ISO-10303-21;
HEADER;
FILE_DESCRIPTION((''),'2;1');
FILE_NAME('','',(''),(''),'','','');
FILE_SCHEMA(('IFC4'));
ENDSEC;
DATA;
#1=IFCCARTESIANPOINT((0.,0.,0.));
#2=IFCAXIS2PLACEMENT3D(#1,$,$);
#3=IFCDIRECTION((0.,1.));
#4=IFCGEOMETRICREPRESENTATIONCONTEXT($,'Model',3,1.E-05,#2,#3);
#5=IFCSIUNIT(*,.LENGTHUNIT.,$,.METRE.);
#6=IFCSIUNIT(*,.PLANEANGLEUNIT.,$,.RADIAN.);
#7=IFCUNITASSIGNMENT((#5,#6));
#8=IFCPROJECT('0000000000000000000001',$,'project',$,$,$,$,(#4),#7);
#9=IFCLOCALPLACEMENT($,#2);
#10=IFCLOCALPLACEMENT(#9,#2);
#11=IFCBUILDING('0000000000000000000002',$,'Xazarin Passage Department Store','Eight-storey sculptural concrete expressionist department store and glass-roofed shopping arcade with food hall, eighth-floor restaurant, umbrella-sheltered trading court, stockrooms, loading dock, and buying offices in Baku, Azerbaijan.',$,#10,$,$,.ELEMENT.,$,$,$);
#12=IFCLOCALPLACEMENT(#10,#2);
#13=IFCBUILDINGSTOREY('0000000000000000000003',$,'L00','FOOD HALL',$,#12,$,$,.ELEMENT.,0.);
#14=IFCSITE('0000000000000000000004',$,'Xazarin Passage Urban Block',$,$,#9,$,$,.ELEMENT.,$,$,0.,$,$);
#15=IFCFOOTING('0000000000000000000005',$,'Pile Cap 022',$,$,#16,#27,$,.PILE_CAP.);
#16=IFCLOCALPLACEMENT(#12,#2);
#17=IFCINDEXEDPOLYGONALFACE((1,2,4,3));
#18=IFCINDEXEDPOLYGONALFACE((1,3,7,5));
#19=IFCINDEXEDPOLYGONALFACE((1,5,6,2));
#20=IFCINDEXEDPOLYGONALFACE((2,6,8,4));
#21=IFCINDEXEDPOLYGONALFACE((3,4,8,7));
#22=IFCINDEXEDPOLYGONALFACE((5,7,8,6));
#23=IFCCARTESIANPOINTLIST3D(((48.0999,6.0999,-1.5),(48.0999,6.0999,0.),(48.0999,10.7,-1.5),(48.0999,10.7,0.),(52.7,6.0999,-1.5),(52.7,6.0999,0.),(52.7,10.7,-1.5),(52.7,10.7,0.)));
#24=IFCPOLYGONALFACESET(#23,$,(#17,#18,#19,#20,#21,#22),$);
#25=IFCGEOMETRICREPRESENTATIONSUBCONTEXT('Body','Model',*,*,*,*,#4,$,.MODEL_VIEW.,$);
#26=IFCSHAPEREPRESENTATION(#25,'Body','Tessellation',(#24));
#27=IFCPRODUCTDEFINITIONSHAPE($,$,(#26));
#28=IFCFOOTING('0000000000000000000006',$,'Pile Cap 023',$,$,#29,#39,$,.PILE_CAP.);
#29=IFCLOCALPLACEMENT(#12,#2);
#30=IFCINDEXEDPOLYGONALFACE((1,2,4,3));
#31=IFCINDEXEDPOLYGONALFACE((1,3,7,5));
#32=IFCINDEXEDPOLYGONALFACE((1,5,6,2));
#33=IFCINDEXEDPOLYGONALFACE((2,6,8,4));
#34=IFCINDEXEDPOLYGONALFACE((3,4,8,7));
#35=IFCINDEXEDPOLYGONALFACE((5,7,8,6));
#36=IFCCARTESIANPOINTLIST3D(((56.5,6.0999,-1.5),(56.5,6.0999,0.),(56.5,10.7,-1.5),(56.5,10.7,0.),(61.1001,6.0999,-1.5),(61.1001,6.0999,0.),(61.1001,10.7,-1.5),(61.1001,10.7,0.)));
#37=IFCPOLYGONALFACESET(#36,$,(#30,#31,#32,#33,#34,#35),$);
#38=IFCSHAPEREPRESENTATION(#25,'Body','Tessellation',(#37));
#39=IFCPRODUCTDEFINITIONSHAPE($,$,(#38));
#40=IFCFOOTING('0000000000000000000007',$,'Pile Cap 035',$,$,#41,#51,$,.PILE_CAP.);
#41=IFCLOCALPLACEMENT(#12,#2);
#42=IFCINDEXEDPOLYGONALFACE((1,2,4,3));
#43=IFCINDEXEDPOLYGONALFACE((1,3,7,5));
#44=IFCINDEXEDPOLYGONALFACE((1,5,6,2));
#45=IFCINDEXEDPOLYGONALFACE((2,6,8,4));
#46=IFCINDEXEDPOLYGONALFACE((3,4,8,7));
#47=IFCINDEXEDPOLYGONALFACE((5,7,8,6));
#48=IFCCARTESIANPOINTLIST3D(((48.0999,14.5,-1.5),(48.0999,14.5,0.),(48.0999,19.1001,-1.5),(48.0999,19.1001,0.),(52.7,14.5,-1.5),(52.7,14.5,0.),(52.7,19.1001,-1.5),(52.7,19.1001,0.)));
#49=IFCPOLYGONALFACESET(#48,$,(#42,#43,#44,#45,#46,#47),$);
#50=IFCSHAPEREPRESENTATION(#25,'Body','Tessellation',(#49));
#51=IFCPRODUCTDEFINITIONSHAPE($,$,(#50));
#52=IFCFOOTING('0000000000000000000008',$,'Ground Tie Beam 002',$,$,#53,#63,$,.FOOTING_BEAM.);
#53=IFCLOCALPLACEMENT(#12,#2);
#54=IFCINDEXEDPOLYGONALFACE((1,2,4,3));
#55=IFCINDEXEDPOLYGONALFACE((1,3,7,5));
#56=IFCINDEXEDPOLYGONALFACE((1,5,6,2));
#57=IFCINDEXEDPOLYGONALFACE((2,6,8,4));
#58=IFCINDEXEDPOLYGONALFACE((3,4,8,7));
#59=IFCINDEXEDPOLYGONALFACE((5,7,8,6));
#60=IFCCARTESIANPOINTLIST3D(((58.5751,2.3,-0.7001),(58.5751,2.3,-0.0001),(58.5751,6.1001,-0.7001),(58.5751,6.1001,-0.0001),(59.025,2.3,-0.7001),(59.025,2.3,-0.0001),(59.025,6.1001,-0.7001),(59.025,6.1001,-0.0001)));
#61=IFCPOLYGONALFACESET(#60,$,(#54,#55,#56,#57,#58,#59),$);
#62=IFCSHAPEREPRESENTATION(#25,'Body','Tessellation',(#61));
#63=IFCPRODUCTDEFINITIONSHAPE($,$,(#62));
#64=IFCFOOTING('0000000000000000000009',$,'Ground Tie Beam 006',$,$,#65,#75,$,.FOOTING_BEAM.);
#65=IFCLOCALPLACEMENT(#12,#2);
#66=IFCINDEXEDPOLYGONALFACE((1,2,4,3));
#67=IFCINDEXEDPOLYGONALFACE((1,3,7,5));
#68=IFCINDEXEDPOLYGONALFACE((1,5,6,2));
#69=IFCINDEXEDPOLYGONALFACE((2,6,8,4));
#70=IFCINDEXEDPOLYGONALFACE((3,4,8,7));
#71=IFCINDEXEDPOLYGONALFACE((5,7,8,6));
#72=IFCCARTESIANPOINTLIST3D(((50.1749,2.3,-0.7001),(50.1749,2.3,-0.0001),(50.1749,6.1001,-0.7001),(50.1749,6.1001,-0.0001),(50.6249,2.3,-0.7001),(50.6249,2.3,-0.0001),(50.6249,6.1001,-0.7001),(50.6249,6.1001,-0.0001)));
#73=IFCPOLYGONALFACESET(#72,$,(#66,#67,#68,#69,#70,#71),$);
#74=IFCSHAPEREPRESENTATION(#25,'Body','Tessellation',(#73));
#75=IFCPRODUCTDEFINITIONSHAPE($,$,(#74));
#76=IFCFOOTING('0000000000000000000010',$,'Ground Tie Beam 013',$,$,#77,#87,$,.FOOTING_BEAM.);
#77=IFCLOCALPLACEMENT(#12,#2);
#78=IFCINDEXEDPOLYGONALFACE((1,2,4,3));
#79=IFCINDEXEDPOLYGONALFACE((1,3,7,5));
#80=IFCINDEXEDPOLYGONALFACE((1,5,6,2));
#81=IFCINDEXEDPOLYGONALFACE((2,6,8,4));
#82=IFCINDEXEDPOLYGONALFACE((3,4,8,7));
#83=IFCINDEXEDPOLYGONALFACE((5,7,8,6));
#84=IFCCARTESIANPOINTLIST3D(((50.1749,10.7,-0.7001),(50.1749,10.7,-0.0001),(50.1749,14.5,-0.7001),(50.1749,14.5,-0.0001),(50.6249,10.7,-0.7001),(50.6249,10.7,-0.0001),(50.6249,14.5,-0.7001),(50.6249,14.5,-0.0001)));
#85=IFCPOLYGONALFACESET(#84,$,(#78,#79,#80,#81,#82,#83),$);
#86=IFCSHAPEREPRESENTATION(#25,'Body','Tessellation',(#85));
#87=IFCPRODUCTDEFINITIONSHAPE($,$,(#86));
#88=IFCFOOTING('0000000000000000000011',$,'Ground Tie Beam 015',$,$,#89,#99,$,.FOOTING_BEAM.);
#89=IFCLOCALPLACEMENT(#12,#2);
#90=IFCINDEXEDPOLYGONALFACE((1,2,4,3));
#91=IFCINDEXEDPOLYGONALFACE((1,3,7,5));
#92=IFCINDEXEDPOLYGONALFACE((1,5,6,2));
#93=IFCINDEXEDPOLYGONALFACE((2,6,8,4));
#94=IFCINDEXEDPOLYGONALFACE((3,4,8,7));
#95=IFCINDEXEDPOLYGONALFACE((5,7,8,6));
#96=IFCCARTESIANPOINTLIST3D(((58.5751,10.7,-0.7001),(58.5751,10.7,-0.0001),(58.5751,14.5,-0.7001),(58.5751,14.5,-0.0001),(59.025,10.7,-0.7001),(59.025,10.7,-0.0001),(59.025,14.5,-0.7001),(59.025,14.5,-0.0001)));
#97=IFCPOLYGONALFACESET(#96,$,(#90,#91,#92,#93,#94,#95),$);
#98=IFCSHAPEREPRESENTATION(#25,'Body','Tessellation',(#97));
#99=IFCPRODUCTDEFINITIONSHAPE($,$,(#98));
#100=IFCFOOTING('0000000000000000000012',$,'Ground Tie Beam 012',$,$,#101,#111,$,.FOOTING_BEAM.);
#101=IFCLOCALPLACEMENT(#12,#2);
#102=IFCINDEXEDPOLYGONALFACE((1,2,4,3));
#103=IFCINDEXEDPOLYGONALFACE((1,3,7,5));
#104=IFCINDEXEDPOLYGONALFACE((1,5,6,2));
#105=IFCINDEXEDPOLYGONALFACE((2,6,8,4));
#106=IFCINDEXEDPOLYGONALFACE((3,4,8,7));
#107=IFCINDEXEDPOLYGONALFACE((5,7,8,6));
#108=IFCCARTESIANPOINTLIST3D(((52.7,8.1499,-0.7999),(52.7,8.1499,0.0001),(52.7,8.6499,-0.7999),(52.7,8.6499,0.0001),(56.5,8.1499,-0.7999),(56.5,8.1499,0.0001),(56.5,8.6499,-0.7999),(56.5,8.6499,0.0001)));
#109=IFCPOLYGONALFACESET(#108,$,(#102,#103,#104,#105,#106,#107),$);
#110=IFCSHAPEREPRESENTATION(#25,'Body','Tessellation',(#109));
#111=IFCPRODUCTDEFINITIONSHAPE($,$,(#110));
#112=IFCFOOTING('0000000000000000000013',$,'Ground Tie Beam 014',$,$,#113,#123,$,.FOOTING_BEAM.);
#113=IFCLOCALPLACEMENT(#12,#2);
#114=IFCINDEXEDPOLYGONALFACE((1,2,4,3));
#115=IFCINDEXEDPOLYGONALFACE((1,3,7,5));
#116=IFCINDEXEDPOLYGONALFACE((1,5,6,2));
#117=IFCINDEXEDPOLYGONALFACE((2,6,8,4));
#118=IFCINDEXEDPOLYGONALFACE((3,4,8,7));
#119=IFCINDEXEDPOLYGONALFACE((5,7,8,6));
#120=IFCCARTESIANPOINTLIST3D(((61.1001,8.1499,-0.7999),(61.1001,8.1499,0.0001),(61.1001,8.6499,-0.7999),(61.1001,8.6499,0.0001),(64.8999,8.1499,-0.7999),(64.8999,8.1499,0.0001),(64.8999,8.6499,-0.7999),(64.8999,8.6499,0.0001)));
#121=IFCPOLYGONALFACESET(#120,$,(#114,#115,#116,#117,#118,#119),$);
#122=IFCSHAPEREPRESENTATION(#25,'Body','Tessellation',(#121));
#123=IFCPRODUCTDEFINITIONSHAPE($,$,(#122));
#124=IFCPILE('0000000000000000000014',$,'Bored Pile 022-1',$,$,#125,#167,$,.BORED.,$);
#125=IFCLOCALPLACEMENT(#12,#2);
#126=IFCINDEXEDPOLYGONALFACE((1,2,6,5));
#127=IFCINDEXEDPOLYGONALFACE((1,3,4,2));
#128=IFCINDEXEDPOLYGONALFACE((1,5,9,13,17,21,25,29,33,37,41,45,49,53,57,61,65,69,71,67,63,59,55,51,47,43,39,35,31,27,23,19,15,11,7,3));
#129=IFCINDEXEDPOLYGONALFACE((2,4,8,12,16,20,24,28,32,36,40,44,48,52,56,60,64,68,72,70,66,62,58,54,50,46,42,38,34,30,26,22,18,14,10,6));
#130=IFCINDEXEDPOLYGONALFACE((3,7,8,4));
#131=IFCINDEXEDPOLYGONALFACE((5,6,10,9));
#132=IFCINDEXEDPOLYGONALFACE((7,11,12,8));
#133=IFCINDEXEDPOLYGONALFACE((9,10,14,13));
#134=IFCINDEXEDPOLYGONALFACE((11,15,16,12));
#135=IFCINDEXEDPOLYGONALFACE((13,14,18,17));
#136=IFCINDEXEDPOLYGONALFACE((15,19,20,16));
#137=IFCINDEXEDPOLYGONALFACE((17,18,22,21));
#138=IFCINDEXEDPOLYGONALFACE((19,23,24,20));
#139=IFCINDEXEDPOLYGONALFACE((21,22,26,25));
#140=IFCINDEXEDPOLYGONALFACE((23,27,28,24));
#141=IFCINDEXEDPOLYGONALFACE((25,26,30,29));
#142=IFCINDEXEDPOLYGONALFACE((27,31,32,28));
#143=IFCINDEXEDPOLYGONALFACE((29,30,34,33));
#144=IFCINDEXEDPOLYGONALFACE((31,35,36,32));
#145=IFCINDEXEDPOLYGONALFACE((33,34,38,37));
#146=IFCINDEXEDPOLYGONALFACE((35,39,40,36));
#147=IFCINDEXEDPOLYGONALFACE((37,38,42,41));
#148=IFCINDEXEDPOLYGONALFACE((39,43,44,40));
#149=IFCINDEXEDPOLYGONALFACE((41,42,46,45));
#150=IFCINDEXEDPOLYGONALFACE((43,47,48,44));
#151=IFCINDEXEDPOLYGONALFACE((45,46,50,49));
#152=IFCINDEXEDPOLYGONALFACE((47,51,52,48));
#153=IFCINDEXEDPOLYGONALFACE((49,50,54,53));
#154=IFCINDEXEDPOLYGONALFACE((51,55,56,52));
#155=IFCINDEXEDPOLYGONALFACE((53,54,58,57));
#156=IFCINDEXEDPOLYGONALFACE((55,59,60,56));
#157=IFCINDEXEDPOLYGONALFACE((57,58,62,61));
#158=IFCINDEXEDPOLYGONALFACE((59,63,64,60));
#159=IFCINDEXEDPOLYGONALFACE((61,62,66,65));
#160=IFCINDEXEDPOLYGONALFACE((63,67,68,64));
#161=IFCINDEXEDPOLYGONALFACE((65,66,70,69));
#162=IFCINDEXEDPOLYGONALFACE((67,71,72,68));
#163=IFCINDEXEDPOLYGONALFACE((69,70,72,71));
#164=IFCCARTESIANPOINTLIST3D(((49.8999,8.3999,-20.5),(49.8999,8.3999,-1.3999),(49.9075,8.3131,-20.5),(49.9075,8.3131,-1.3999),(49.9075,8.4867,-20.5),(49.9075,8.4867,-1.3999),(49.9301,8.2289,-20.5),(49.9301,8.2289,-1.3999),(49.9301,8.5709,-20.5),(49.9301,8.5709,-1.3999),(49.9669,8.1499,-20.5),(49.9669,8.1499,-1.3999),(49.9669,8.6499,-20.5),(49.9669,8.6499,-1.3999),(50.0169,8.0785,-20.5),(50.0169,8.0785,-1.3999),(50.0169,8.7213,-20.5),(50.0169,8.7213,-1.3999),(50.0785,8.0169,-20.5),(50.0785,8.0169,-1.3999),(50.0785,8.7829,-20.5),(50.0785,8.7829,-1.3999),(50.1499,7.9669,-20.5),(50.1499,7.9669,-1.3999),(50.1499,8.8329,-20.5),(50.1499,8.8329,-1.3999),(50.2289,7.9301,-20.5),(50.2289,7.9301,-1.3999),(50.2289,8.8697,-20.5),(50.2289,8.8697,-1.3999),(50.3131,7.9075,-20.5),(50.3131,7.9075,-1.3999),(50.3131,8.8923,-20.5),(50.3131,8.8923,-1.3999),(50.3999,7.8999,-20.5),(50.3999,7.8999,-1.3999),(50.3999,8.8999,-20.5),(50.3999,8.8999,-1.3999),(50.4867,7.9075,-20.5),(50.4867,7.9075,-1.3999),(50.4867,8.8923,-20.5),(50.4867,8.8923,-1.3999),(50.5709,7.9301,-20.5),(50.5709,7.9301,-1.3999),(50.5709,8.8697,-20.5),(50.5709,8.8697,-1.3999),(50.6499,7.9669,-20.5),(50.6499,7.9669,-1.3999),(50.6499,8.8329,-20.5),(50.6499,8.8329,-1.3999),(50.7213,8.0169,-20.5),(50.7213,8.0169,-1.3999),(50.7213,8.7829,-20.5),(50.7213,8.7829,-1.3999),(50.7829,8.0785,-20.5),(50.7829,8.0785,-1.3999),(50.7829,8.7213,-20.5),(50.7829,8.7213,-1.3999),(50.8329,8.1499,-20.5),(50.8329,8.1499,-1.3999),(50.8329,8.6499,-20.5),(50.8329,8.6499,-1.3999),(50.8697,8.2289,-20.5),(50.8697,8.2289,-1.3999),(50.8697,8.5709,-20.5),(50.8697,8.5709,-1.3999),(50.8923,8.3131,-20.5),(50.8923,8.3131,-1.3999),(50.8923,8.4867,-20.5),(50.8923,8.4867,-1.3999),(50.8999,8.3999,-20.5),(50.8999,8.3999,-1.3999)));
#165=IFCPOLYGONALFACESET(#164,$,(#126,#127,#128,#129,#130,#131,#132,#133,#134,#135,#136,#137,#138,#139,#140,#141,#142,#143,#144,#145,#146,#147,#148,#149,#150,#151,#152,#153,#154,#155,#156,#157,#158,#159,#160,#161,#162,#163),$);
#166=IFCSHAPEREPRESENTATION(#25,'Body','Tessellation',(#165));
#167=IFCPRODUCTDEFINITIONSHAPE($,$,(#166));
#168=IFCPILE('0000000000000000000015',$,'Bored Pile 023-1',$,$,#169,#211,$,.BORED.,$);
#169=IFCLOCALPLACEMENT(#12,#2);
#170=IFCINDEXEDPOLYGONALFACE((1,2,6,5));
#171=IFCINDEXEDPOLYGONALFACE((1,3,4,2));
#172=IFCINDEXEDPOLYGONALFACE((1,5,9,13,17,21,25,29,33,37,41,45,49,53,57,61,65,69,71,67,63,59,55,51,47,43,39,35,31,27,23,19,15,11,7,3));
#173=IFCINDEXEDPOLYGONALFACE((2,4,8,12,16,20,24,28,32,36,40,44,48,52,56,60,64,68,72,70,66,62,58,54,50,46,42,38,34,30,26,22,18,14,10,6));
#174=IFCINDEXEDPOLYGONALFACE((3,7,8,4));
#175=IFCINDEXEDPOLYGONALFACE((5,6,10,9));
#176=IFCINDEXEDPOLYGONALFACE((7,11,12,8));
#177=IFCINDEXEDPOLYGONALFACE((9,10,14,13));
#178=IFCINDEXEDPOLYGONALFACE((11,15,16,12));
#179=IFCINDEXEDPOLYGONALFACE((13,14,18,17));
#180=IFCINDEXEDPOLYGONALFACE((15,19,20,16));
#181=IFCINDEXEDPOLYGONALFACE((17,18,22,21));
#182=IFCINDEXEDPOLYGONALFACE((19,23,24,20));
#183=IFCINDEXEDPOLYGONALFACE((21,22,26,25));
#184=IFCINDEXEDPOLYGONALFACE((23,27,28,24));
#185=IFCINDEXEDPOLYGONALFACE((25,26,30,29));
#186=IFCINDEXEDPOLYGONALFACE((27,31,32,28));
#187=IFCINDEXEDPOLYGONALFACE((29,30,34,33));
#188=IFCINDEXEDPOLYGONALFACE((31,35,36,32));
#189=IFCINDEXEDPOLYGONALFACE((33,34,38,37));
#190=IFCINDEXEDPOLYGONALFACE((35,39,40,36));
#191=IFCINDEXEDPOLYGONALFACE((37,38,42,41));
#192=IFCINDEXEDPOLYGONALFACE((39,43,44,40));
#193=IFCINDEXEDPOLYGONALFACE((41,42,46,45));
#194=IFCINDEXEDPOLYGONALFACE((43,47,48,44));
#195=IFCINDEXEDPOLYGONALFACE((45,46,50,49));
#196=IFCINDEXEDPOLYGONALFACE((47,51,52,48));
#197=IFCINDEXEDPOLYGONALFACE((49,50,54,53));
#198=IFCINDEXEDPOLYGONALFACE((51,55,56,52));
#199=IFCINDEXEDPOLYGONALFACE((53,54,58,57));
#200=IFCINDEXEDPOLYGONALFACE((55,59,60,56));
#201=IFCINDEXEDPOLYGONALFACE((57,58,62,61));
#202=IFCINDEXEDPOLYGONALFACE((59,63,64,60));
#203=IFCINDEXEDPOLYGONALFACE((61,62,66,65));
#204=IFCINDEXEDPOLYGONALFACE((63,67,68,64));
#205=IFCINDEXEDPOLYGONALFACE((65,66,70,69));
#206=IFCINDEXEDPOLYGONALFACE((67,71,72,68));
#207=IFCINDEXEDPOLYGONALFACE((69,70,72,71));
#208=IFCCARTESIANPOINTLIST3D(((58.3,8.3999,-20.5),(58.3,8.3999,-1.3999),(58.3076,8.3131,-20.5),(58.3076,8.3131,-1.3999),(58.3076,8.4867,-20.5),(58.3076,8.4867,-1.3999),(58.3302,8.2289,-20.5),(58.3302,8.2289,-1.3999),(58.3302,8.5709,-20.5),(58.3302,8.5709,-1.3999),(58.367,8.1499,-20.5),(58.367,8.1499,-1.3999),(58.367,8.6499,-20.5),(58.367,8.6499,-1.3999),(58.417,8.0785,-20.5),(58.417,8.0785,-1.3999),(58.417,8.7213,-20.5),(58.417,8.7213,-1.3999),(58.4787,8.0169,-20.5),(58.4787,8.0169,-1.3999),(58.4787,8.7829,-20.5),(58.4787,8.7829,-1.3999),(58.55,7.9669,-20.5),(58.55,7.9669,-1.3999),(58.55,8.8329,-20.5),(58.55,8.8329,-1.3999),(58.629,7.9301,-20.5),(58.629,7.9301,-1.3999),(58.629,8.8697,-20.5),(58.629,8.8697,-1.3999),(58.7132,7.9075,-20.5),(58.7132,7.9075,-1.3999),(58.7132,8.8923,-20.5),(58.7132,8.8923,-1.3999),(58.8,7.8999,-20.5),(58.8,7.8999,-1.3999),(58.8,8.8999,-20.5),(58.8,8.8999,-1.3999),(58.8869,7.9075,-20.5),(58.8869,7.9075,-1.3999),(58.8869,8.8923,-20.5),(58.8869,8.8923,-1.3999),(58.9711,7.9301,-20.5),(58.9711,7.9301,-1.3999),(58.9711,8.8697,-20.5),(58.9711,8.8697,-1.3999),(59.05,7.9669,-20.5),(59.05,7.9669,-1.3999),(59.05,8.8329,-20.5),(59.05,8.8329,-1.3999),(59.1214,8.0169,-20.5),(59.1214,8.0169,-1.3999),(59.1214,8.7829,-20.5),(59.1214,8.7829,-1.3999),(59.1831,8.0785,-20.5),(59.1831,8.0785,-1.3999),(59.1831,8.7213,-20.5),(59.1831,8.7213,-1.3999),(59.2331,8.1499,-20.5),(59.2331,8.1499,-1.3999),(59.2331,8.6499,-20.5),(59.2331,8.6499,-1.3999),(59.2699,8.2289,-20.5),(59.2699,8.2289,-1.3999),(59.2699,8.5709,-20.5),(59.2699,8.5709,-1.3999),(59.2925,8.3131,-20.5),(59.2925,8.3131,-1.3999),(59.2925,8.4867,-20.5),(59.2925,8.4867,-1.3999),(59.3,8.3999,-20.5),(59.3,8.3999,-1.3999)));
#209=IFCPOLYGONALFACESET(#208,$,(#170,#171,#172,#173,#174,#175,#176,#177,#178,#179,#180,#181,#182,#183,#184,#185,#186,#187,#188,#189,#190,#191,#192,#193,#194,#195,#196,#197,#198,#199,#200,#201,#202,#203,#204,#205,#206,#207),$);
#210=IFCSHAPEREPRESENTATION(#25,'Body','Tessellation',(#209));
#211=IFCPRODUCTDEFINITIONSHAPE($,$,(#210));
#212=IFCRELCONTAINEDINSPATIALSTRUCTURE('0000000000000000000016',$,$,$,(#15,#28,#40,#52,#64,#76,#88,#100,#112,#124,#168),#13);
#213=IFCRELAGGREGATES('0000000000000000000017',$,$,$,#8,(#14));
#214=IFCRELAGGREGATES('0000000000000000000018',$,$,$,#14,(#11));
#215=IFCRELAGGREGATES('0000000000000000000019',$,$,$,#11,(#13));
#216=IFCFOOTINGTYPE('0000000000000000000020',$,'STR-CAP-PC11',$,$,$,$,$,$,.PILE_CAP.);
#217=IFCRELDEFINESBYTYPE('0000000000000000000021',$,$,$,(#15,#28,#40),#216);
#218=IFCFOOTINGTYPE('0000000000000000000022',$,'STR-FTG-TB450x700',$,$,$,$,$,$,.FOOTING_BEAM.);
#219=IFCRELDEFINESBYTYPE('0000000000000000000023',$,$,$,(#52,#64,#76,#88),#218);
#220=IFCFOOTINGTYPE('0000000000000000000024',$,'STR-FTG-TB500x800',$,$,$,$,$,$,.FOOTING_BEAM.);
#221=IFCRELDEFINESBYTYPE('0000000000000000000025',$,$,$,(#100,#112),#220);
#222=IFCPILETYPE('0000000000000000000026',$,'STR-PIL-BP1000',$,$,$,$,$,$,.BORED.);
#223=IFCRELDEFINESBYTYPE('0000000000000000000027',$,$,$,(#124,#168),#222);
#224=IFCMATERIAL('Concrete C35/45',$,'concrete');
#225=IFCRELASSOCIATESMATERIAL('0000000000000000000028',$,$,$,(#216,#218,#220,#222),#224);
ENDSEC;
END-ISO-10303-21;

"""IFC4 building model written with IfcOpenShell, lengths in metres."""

from ifc_helpers import new_model, si_unit, direction, frame, origin, origin_2d, place, context, subcontext, project, spatial, rectangle, circle, extrude, material, material_profile, profile_set, type_object, element, save


model = new_model("IFC4")

# Units and contexts
model_context = context("Model", 3, precision=1e-05, world=origin(), true_north=direction((0.0, 1.0)))
body_context = subcontext(model_context, "Body", "Model", "MODEL_VIEW")
ifc_project = project(units=[si_unit("LENGTHUNIT", "METRE"), si_unit("PLANEANGLEUNIT", "RADIAN")], contexts=[model_context])

# Site, building, storey
site_placement = place(None, origin())
site = spatial("IfcSite", under=ifc_project, at=site_placement, Name="Xazarin Passage Urban Block", CompositionType="ELEMENT", RefElevation=0.0)
building_placement = place(site_placement, origin())
building = spatial("IfcBuilding", under=site, at=building_placement, Name="Xazarin Passage Department Store", Description="Eight-storey sculptural concrete expressionist department store and glass-roofed shopping arcade with food hall, eighth-floor restaurant, umbrella-sheltered trading court, stockrooms, loading dock, and buying offices in Baku, Azerbaijan.", CompositionType="ELEMENT")
storey_placement = place(building_placement, origin())
storey = spatial("IfcBuildingStorey", under=building, at=storey_placement, Name="L00", Description="FOOD HALL", CompositionType="ELEMENT", Elevation=0.0)

# Footings
ifc_material_1 = material(Name="Concrete C35/45", Category="concrete")
footing_type_1 = type_object("IfcFootingType", Name="STR-CAP-PC11", PredefinedType="PILE_CAP", material=ifc_material_1)
for number, where, z_axis, x_axis, name in (
    (1, (50.3999, 8.3999, -1.5), (0.0, 0.0, 1.0), (1.0, 0.0, 0.0), "Pile Cap 022"),
    (2, (58.8, 8.3999, -1.5), (0.0, 0.0, 1.0), (1.0, 0.0, 0.0), "Pile Cap 023"),
    (3, (50.3999, 16.8, -1.5), (0.0, 0.0, 1.0), (1.0, 0.0, 0.0), "Pile Cap 035"),
):
    element("IfcFooting", number, at=place(storey_placement, frame(where, z_axis=z_axis, x_axis=x_axis)), inside=storey, type_object=footing_type_1, Name=name, PredefinedType="PILE_CAP", context=body_context, shape_type="SweptSolid", body=[
        extrude(rectangle(XDim=4.6001, YDim=4.6001, at=origin_2d()), origin(), (0.0, 0.0, 1.0), 1.5),
    ])
ifc_material_profile_1 = material_profile(ifc_material_1, rectangle(XDim=0.45, YDim=0.7, at=origin_2d()), Name="RC 450x700")
ifc_profile_set_1 = profile_set([ifc_material_profile_1], Name="Concrete C35/45")
footing_type_2 = type_object("IfcFootingType", Name="STR-FTG-TB450x700", PredefinedType="FOOTING_BEAM", material=ifc_profile_set_1)
for number, where, z_axis, x_axis, name in (
    (4, (58.8, 2.3, -0.3501), (0.0, 1.0, 0.0), (-1.0, 0.0, 0.0), "Ground Tie Beam 002"),
    (5, (50.3999, 2.3, -0.3501), (0.0, 1.0, 0.0), (-1.0, 0.0, 0.0), "Ground Tie Beam 006"),
    (6, (50.3999, 10.7, -0.3501), (0.0, 1.0, 0.0), (-1.0, 0.0, 0.0), "Ground Tie Beam 013"),
    (7, (58.8, 10.7, -0.3501), (0.0, 1.0, 0.0), (-1.0, 0.0, 0.0), "Ground Tie Beam 015"),
):
    element("IfcFooting", number, at=place(storey_placement, frame(where, z_axis=z_axis, x_axis=x_axis)), inside=storey, type_object=footing_type_2, Name=name, PredefinedType="FOOTING_BEAM", context=body_context, shape_type="SweptSolid", body=[
        extrude(rectangle(XDim=0.45, YDim=0.7, at=origin_2d()), origin(), (0.0, 0.0, 1.0), 3.8),
    ])
ifc_material_profile_2 = material_profile(ifc_material_1, rectangle(XDim=0.5, YDim=0.8, at=origin_2d()), Name="RC 500x800")
ifc_profile_set_2 = profile_set([ifc_material_profile_2], Name="Concrete C35/45")
footing_type_3 = type_object("IfcFootingType", Name="STR-FTG-TB500x800", PredefinedType="FOOTING_BEAM", material=ifc_profile_set_2)
footing_1_placement = place(storey_placement, frame((52.7, 8.3999, -0.3999), z_axis=(1.0, 0.0, 0.0), x_axis=(0.0, 1.0, 0.0)))
element("IfcFooting", 8, at=footing_1_placement, inside=storey, type_object=footing_type_3, Name="Ground Tie Beam 012", PredefinedType="FOOTING_BEAM", context=body_context, shape_type="SweptSolid", body=[
    extrude(rectangle(XDim=0.5, YDim=0.8, at=origin_2d()), origin(), (0.0, 0.0, 1.0), 3.8),
])
footing_2_placement = place(storey_placement, frame((61.1001, 8.3999, -0.3999), z_axis=(1.0, 0.0, 0.0), x_axis=(0.0, 1.0, 0.0)))
element("IfcFooting", 9, at=footing_2_placement, inside=storey, type_object=footing_type_3, Name="Ground Tie Beam 014", PredefinedType="FOOTING_BEAM", context=body_context, shape_type="SweptSolid", body=[
    extrude(rectangle(XDim=0.5, YDim=0.8, at=origin_2d()), origin(), (0.0, 0.0, 1.0), 3.7998),
])

# Piles
ifc_material_profile_3 = material_profile(ifc_material_1, circle(Radius=0.5, at=origin_2d()), Name="BP 1000")
ifc_profile_set_3 = profile_set([ifc_material_profile_3], Name="Concrete C35/45")
pile_type_1 = type_object("IfcPileType", Name="STR-PIL-BP1000", PredefinedType="BORED", material=ifc_profile_set_3)
for number, where, z_axis, x_axis, name in (
    (10, (50.3999, 8.3999, -1.3999), (0.0, 0.0, -1.0), (1.0, 0.0, 0.0), "Bored Pile 022-1"),
    (11, (58.8, 8.3999, -1.3999), (0.0, 0.0, -1.0), (1.0, 0.0, 0.0), "Bored Pile 023-1"),
):
    element("IfcPile", number, at=place(storey_placement, frame(where, z_axis=z_axis, x_axis=x_axis)), inside=storey, type_object=pile_type_1, Name=name, PredefinedType="BORED", context=body_context, shape_type="SweptSolid", body=[
        extrude(circle(Radius=0.5, at=origin_2d()), origin(), (0.0, 0.0, 1.0), 19.1001),
    ])

save(model, "model.ifc")
